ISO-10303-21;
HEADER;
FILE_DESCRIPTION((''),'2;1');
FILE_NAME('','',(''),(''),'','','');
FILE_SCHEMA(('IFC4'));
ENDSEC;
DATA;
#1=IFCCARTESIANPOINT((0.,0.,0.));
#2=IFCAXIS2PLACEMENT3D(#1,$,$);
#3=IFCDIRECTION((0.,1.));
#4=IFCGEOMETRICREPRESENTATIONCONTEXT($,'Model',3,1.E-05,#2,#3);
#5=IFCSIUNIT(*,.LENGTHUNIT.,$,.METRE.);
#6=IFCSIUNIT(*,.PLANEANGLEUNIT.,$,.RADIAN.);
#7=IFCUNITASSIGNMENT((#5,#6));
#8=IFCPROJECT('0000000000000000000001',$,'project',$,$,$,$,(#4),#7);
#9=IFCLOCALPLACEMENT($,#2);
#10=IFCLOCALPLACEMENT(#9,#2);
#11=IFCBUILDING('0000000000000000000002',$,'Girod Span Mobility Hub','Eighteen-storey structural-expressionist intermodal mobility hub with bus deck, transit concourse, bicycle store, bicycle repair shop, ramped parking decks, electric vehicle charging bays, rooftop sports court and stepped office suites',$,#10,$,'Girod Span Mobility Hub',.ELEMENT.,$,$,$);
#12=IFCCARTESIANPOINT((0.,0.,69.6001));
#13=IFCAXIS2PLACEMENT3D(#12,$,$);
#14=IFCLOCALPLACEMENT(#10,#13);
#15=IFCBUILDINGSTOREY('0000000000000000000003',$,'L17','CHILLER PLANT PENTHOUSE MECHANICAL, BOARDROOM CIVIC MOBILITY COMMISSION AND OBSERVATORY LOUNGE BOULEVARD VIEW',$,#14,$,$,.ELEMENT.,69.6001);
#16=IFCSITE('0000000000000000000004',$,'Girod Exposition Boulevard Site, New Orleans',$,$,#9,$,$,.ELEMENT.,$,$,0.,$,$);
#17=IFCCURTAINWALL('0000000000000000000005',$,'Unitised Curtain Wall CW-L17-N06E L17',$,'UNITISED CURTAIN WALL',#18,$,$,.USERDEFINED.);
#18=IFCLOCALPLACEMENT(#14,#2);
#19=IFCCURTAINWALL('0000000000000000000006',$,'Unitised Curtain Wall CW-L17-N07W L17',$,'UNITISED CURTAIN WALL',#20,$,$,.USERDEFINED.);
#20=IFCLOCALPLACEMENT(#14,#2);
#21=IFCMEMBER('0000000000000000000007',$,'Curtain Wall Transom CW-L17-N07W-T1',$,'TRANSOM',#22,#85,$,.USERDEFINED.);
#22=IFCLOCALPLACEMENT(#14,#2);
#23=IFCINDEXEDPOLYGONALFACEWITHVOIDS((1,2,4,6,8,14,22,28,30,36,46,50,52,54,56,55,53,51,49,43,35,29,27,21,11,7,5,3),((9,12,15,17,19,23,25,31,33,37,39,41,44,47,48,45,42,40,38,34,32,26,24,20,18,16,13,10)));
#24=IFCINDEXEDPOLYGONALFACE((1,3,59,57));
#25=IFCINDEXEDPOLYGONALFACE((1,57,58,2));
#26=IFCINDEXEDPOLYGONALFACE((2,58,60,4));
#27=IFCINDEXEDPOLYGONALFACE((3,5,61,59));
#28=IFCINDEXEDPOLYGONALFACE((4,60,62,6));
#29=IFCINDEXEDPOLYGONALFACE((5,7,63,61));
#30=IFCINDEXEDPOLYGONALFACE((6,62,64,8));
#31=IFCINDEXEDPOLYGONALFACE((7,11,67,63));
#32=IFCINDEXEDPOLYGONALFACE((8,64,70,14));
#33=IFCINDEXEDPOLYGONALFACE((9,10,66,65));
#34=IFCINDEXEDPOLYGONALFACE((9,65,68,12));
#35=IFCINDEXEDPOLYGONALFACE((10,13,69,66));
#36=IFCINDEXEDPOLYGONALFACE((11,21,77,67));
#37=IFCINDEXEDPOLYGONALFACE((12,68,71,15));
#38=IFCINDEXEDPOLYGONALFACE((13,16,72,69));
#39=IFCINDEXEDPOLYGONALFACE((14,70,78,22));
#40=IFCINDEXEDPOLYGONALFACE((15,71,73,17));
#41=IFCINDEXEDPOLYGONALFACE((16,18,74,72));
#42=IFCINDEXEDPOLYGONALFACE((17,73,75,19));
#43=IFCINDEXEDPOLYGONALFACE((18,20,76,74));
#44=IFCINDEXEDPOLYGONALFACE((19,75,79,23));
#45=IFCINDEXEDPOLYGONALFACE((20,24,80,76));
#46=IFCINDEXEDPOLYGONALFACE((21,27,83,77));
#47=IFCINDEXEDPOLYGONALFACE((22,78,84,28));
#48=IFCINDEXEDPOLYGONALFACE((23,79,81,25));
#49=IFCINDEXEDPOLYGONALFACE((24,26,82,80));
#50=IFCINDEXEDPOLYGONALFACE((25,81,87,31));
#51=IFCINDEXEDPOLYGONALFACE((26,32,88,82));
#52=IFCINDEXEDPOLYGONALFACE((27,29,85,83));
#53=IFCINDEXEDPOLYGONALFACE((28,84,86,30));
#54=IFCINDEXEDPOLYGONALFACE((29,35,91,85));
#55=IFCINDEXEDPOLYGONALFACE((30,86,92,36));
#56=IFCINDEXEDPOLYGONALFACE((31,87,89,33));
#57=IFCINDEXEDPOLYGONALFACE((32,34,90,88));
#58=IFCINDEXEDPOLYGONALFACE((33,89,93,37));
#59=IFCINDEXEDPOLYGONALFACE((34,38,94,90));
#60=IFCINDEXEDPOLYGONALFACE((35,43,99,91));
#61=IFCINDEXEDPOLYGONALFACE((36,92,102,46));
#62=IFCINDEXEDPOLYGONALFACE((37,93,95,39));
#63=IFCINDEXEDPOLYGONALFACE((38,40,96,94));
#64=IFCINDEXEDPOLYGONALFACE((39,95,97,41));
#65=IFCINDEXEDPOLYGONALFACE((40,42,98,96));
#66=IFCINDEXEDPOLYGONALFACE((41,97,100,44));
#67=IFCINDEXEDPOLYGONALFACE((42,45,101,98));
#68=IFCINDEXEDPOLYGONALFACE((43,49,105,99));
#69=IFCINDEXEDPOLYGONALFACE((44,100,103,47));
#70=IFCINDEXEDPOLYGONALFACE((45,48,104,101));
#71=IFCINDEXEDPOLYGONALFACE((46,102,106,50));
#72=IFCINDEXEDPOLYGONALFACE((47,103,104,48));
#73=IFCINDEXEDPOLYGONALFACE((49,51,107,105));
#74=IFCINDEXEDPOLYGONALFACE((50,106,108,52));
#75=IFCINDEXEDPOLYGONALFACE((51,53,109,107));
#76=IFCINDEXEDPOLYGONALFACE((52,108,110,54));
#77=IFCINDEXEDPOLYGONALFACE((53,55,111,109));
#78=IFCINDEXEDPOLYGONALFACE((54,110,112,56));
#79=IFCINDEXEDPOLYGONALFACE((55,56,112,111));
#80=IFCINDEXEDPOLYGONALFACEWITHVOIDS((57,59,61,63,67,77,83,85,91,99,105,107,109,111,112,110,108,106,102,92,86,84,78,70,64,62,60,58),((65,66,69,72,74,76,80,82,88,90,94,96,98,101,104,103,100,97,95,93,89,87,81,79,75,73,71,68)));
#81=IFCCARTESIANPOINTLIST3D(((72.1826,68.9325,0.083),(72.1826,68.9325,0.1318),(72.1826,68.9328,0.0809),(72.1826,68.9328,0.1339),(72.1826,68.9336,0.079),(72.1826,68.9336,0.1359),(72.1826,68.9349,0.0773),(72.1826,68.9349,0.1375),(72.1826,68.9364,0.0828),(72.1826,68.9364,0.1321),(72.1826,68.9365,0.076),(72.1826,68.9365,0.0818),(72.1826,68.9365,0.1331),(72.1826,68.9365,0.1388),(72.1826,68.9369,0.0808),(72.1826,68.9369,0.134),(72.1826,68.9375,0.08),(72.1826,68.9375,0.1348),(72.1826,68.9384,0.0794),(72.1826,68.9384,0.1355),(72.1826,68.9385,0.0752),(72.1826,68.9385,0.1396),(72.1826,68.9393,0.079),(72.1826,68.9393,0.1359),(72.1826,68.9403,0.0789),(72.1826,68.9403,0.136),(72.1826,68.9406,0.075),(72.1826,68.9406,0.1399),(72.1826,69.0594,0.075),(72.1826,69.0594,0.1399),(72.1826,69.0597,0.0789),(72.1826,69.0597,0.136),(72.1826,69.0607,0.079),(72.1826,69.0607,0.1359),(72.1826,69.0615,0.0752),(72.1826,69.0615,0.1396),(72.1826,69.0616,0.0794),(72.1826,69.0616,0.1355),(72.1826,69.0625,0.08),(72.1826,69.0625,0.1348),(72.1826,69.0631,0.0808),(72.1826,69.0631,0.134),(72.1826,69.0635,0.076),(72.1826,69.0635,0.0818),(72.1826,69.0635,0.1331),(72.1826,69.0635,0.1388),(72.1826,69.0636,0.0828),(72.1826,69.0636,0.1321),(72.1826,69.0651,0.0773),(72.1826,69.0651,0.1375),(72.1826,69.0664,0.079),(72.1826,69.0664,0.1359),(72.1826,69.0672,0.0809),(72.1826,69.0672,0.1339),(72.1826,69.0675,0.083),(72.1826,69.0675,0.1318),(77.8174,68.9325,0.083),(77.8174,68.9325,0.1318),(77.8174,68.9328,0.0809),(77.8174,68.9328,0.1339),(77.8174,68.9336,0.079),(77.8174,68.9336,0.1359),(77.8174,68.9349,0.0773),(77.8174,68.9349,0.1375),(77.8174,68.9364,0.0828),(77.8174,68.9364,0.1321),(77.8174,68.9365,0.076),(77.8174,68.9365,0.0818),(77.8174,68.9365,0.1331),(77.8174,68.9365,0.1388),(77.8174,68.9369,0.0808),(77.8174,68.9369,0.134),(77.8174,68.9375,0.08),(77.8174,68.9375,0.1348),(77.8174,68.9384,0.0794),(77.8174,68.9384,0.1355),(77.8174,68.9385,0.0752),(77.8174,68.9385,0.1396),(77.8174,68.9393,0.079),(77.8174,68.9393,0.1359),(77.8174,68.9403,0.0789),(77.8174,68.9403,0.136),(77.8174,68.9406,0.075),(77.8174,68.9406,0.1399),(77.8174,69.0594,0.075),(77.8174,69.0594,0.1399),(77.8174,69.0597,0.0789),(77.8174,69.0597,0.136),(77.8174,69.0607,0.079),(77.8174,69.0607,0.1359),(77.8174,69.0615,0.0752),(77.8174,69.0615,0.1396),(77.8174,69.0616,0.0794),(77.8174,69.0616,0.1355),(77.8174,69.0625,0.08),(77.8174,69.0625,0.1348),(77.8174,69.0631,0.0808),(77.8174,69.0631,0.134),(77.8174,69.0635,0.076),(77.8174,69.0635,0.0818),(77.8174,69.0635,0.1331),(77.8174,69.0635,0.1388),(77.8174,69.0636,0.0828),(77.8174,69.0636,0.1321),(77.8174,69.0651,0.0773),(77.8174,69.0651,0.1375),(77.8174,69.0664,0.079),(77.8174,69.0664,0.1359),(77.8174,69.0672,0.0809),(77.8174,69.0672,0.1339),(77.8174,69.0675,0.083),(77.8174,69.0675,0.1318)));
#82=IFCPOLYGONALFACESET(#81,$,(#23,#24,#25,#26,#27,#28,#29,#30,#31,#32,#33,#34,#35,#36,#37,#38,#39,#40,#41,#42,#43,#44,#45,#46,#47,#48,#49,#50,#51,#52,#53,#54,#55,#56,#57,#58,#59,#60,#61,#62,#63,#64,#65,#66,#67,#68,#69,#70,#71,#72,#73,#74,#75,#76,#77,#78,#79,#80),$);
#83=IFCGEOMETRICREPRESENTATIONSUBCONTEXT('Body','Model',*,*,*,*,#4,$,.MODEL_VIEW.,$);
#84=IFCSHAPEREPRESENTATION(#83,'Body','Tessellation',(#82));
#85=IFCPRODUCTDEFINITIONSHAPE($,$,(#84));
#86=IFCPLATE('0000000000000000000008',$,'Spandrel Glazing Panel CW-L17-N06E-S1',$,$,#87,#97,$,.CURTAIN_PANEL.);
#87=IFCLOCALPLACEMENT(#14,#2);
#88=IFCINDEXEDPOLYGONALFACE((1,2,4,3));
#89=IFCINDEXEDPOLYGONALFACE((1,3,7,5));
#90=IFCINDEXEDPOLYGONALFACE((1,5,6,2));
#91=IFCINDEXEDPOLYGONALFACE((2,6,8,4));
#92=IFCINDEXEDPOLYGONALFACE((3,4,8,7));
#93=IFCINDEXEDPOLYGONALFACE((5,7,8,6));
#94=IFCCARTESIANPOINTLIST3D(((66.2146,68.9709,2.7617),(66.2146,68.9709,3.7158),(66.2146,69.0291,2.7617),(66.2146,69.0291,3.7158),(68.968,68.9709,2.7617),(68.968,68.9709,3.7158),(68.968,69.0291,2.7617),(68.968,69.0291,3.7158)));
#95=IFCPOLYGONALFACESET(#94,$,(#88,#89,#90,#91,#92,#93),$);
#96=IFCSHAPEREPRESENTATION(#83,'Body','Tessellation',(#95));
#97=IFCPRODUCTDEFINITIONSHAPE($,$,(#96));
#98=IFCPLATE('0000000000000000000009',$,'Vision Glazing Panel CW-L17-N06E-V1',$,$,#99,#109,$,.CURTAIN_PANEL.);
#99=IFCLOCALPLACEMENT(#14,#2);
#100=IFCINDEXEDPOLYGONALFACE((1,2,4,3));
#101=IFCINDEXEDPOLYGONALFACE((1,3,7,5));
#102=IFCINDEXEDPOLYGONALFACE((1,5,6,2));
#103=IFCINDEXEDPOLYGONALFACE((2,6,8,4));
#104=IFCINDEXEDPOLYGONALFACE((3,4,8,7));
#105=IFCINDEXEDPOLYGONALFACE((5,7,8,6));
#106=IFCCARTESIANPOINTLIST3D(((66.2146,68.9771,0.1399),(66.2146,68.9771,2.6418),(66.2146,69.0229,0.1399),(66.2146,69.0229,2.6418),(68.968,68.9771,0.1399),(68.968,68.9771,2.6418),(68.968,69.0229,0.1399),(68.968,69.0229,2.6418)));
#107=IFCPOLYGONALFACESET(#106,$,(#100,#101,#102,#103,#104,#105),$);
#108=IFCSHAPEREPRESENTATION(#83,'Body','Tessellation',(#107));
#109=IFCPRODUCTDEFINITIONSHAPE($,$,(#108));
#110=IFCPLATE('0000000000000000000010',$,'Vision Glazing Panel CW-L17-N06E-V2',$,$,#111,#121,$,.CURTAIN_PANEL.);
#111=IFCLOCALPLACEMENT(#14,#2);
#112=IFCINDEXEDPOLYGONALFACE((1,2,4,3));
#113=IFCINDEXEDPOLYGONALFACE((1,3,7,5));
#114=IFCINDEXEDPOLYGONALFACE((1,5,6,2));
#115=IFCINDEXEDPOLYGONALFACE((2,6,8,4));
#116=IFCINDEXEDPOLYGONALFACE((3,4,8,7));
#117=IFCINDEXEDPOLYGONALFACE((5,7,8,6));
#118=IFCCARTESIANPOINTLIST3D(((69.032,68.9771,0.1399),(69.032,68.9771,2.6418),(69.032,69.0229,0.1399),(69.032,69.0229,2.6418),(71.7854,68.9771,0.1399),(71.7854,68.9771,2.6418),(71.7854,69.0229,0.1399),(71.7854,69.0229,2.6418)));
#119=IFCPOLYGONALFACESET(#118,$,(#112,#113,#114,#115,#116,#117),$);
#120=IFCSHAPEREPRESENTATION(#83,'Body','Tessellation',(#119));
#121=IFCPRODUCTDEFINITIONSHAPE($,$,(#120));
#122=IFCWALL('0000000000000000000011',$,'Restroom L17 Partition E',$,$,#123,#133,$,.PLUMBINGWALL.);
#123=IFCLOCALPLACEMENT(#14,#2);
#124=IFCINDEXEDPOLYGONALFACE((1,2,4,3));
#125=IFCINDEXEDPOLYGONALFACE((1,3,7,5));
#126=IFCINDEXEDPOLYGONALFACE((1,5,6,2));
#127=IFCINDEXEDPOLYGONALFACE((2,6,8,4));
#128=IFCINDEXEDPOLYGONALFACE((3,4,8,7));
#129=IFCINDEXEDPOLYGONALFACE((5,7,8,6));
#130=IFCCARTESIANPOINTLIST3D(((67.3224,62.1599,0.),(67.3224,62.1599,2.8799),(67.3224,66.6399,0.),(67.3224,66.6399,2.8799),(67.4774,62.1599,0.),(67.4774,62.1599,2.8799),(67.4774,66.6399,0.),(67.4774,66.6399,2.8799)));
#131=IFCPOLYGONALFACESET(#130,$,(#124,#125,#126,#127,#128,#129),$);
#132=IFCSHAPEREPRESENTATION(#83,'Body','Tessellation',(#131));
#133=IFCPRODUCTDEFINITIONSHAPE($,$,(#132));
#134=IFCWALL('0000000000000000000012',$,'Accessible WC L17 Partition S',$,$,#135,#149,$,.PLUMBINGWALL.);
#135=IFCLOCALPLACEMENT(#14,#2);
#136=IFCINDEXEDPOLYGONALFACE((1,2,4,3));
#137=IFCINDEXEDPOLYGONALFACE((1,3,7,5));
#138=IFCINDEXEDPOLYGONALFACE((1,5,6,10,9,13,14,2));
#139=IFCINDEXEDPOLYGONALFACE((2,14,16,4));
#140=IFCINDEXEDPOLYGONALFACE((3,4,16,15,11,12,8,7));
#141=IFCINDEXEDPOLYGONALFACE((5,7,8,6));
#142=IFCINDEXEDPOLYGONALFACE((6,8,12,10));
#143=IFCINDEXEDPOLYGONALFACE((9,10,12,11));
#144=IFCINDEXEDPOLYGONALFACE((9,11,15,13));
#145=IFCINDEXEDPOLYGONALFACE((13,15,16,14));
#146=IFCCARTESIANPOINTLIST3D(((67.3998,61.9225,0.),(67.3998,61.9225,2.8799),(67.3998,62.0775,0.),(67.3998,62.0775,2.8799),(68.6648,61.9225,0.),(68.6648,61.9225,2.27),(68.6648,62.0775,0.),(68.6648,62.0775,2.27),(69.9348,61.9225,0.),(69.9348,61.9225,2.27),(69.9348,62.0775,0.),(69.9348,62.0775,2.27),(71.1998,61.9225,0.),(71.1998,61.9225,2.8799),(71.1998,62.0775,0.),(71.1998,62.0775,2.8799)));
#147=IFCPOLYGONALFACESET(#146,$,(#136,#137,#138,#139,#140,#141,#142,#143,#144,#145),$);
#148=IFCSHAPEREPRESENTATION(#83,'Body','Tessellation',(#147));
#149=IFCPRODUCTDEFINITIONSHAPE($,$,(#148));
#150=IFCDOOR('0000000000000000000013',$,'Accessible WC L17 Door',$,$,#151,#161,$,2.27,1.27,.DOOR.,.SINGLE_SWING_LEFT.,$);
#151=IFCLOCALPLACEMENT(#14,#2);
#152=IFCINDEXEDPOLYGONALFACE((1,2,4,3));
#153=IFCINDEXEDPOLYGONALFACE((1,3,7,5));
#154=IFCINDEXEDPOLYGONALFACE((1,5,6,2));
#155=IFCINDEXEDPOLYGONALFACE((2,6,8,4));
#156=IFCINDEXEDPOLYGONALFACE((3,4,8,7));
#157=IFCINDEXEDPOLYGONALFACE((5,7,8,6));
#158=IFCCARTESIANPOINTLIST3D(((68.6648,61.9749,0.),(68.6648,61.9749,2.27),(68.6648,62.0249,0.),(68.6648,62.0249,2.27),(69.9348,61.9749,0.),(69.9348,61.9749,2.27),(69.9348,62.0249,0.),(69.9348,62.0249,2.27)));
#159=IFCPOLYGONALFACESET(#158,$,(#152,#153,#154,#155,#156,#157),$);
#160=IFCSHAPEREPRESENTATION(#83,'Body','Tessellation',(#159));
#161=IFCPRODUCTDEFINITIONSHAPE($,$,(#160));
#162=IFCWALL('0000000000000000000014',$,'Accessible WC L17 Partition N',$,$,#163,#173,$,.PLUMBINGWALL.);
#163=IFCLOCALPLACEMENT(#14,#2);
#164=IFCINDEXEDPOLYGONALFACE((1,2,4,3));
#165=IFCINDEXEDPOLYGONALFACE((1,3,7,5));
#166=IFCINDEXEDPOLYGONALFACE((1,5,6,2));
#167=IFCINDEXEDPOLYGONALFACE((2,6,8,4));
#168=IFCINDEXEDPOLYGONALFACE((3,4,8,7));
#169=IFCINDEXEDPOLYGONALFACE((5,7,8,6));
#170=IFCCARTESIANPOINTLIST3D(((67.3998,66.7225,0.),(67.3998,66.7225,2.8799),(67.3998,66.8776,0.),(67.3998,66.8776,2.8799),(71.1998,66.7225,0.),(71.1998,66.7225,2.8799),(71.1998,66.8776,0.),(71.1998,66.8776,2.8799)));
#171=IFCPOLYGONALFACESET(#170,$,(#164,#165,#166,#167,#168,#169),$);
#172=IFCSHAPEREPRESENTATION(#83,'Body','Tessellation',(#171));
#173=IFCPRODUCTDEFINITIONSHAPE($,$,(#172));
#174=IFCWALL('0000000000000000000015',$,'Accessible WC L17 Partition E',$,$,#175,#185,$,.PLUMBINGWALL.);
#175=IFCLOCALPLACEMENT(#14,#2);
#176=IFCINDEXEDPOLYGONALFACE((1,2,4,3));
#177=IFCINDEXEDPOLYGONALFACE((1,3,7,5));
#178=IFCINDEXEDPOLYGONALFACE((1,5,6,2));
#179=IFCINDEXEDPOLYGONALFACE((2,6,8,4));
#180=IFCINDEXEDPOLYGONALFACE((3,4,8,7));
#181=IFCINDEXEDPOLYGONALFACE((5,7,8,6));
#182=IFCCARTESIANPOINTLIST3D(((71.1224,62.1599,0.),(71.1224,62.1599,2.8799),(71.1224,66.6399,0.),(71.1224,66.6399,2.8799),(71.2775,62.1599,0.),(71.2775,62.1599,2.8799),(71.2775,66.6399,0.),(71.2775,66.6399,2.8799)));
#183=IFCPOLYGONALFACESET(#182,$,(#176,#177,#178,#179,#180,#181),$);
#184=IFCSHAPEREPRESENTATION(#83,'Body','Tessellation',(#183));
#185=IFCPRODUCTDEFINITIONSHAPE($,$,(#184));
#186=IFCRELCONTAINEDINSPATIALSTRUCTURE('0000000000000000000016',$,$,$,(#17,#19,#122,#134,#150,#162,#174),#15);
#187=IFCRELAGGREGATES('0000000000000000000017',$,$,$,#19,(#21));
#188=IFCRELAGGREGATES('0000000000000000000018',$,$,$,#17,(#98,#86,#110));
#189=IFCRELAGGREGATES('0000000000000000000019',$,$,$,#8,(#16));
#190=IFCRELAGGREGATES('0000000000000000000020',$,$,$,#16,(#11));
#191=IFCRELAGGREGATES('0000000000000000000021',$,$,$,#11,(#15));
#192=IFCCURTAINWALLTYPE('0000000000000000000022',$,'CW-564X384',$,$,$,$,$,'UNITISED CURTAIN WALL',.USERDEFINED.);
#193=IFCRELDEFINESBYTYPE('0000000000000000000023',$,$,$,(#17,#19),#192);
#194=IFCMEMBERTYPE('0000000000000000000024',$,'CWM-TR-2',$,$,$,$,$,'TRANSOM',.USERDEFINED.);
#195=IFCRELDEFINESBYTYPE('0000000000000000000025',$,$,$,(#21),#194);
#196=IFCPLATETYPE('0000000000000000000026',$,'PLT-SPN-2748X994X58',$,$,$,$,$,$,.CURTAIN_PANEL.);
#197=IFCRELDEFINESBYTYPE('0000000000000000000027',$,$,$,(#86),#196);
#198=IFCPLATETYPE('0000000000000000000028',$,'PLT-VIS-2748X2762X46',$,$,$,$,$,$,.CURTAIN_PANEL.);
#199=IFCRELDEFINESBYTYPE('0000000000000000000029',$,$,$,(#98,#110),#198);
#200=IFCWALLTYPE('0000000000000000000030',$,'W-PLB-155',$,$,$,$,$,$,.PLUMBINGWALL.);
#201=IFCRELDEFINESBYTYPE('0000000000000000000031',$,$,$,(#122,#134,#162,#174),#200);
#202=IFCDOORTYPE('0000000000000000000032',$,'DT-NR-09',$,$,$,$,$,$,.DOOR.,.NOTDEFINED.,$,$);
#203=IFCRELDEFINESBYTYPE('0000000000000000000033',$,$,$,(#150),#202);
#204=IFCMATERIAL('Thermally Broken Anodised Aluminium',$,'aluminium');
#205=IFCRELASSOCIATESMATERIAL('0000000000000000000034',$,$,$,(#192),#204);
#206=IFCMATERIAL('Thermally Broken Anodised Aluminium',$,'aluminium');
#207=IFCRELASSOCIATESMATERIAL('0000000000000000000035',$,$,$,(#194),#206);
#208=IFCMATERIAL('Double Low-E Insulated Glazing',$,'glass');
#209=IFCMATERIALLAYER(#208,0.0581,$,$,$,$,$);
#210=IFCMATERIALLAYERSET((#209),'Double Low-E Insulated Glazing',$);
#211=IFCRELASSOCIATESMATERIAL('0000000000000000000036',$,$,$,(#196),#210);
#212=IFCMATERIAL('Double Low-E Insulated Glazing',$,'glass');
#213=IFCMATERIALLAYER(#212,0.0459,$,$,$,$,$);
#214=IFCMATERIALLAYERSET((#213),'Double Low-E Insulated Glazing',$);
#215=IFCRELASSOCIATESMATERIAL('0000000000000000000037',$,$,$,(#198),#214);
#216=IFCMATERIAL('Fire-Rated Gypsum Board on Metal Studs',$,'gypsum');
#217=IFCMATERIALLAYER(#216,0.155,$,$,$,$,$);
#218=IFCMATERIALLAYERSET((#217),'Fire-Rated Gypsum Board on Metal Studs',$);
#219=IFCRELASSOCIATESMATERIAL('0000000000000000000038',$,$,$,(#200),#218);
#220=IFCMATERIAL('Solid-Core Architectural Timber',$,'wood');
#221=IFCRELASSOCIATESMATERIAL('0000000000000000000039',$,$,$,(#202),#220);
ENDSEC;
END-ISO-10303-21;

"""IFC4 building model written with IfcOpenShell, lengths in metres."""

from ifc_helpers import new_model, si_unit, direction, frame, frame_2d, origin, origin_2d, place, context, subcontext, project, spatial, rectangle, hollow_rectangle, extrude, material, layer, layer_set, material_profile, profile_set, type_object, element, fill, aggregate, save


model = new_model("IFC4")

# Units and contexts
model_context = context("Model", 3, precision=1e-05, world=origin(), true_north=direction((0.0, 1.0)))
body_context = subcontext(model_context, "Body", "Model", "MODEL_VIEW")
ifc_project = project(units=[si_unit("LENGTHUNIT", "METRE"), si_unit("PLANEANGLEUNIT", "RADIAN")], contexts=[model_context])

# Site, building, storey
site_placement = place(None, origin())
site = spatial("IfcSite", under=ifc_project, at=site_placement, Name="Girod Exposition Boulevard Site, New Orleans", CompositionType="ELEMENT", RefElevation=0.0)
building_placement = place(site_placement, origin())
building = spatial("IfcBuilding", under=site, at=building_placement, Name="Girod Span Mobility Hub", Description="Eighteen-storey structural-expressionist intermodal mobility hub with bus deck, transit concourse, bicycle store, bicycle repair shop, ramped parking decks, electric vehicle charging bays, rooftop sports court and stepped office suites", LongName="Girod Span Mobility Hub", CompositionType="ELEMENT")
storey_placement = place(building_placement, frame((0.0, 0.0, 69.6001)))
storey = spatial("IfcBuildingStorey", under=building, at=storey_placement, Name="L17", Description="CHILLER PLANT PENTHOUSE MECHANICAL, BOARDROOM CIVIC MOBILITY COMMISSION AND OBSERVATORY LOUNGE BOULEVARD VIEW", CompositionType="ELEMENT", Elevation=69.6001)

# Curtain wall
ifc_material_1 = material(Name="Thermally Broken Anodised Aluminium", Category="aluminium")
curtain_wall_type = type_object("IfcCurtainWallType", Name="CW-564X384", ElementType="UNITISED CURTAIN WALL", PredefinedType="USERDEFINED", material=ifc_material_1)
curtain_wall_1_placement = place(storey_placement, origin())
curtain_wall_1 = element("IfcCurtainWall", 1, at=curtain_wall_1_placement, inside=storey, type_object=curtain_wall_type, Name="Unitised Curtain Wall CW-L17-N06E L17", ObjectType="UNITISED CURTAIN WALL", PredefinedType="USERDEFINED")
ifc_material_2 = material(Name="Thermally Broken Anodised Aluminium", Category="aluminium")
ifc_material_profile_1 = material_profile(ifc_material_2, hollow_rectangle(XDim=0.135, YDim=0.0649, WallThickness=0.0039, InnerFilletRadius=0.0039, OuterFilletRadius=0.0081, at=origin_2d()), Name="CW-TR-65X135")
ifc_profile_set_1 = profile_set([ifc_material_profile_1], Name="Thermally Broken Anodised Aluminium")
member_type_1 = type_object("IfcMemberType", Name="CWM-TR-2", ElementType="TRANSOM", PredefinedType="USERDEFINED", material=ifc_profile_set_1)

# Curtain wall, member
curtain_wall_2_placement = place(storey_placement, origin())
curtain_wall_2 = element("IfcCurtainWall", 2, at=curtain_wall_2_placement, inside=storey, type_object=curtain_wall_type, Name="Unitised Curtain Wall CW-L17-N07W L17", ObjectType="UNITISED CURTAIN WALL", PredefinedType="USERDEFINED")
member_1_placement = place(storey_placement, frame((72.1826, 69.0, 0.1074), z_axis=(1.0, 0.0, 0.0), x_axis=(0.0, 1.0, 0.0)))
member_1 = element("IfcMember", 3, at=member_1_placement, type_object=member_type_1, Name="Curtain Wall Transom CW-L17-N07W-T1", ObjectType="TRANSOM", PredefinedType="USERDEFINED", context=body_context, shape_type="SweptSolid", body=[
    extrude(hollow_rectangle(XDim=0.135, YDim=0.0649, WallThickness=0.0039, InnerFilletRadius=0.0039, OuterFilletRadius=0.0081, at=origin_2d()), origin(), (0.0, 0.0, 1.0), 5.6348),
])
aggregate(curtain_wall_2, [member_1])

# Plates
ifc_material_3 = material(Name="Double Low-E Insulated Glazing", Category="glass")
ifc_layer_1 = layer(ifc_material_3, 0.0581)
ifc_layer_set_1 = layer_set([ifc_layer_1], Name="Double Low-E Insulated Glazing")
plate_type_1 = type_object("IfcPlateType", Name="PLT-SPN-2748X994X58", PredefinedType="CURTAIN_PANEL", material=ifc_layer_set_1)
plate_1_placement = place(storey_placement, frame((67.5913, 69.0, 2.7617), z_axis=(0.0, 0.0, 1.0), x_axis=(1.0, 0.0, 0.0)))
plate_1 = element("IfcPlate", 4, at=plate_1_placement, type_object=plate_type_1, Name="Spandrel Glazing Panel CW-L17-N06E-S1", PredefinedType="CURTAIN_PANEL", context=body_context, shape_type="SweptSolid", body=[
    extrude(rectangle(XDim=2.7534, YDim=0.0581, at=origin_2d()), origin(), (0.0, 0.0, 1.0), 0.9541),
])
ifc_material_4 = material(Name="Double Low-E Insulated Glazing", Category="glass")
ifc_layer_2 = layer(ifc_material_4, 0.0459)
ifc_layer_set_2 = layer_set([ifc_layer_2], Name="Double Low-E Insulated Glazing")
plate_type_2 = type_object("IfcPlateType", Name="PLT-VIS-2748X2762X46", PredefinedType="CURTAIN_PANEL", material=ifc_layer_set_2)
plate_2_placement = place(storey_placement, frame((67.5913, 69.0, 0.1399), z_axis=(0.0, 0.0, 1.0), x_axis=(1.0, 0.0, 0.0)))
plate_2 = element("IfcPlate", 5, at=plate_2_placement, type_object=plate_type_2, Name="Vision Glazing Panel CW-L17-N06E-V1", PredefinedType="CURTAIN_PANEL", context=body_context, shape_type="SweptSolid", body=[
    extrude(rectangle(XDim=2.7534, YDim=0.0459, at=origin_2d()), origin(), (0.0, 0.0, 1.0), 2.502),
])
plate_3_placement = place(storey_placement, frame((70.4087, 69.0, 0.1399), z_axis=(0.0, 0.0, 1.0), x_axis=(1.0, 0.0, 0.0)))
plate_3 = element("IfcPlate", 6, at=plate_3_placement, type_object=plate_type_2, Name="Vision Glazing Panel CW-L17-N06E-V2", PredefinedType="CURTAIN_PANEL", context=body_context, shape_type="SweptSolid", body=[
    extrude(rectangle(XDim=2.7534, YDim=0.0459, at=origin_2d()), origin(), (0.0, 0.0, 1.0), 2.502),
])
aggregate(curtain_wall_1, [plate_2, plate_1, plate_3])

# Wall
ifc_material_5 = material(Name="Fire-Rated Gypsum Board on Metal Studs", Category="gypsum")
ifc_layer_3 = layer(ifc_material_5, 0.155)
ifc_layer_set_3 = layer_set([ifc_layer_3], Name="Fire-Rated Gypsum Board on Metal Studs")
wall_type = type_object("IfcWallType", Name="W-PLB-155", PredefinedType="PLUMBINGWALL", material=ifc_layer_set_3)
wall_1_placement = place(storey_placement, frame((67.3999, 62.1599, 0.0), z_axis=(0.0, 0.0, 1.0), x_axis=(0.0, 1.0, 0.0)))
element("IfcWall", 7, at=wall_1_placement, inside=storey, type_object=wall_type, Name="Restroom L17 Partition E", PredefinedType="PLUMBINGWALL", context=body_context, shape_type="SweptSolid", body=[
    extrude(rectangle(XDim=4.48, YDim=0.155, at=frame_2d((2.24, 0.0))), origin(), (0.0, 0.0, 1.0), 2.8799),
])

# Wall, opening, door
wall_2_placement = place(storey_placement, frame((67.3999, 62.0, 0.0), z_axis=(0.0, 0.0, 1.0), x_axis=(1.0, 0.0, 0.0)))
wall_2 = element("IfcWall", 8, at=wall_2_placement, inside=storey, type_object=wall_type, Name="Accessible WC L17 Partition S", PredefinedType="PLUMBINGWALL", context=body_context, shape_type="SweptSolid", body=[
    extrude(rectangle(XDim=3.8, YDim=0.155, at=frame_2d((1.8999, 0.0))), origin(), (0.0, 0.0, 1.0), 2.8799),
])
opening_placement = place(wall_2_placement, frame((1.2649, 0.0, 0.0)))
opening = element("IfcOpeningElement", 9, at=opening_placement, cuts=wall_2, PredefinedType="OPENING", context=body_context, shape_type="SweptSolid", body=[
    extrude(rectangle(XDim=1.27, YDim=2.27, at=frame_2d((0.635, 1.135))), frame((0.0, 0.0925, 0.0), z_axis=(0.0, -1.0, 0.0), x_axis=(1.0, 0.0, 0.0)), (0.0, 0.0, 1.0), 0.1851),
])
ifc_material_6 = material(Name="Solid-Core Architectural Timber", Category="wood")
door_type = type_object("IfcDoorType", Name="DT-NR-09", OperationType="NOTDEFINED", PredefinedType="DOOR", material=ifc_material_6)
door_placement = place(opening_placement, origin())
door = element("IfcDoor", 10, at=door_placement, inside=storey, type_object=door_type, Name="Accessible WC L17 Door", OperationType="SINGLE_SWING_LEFT", OverallHeight=2.27, OverallWidth=1.27, PredefinedType="DOOR", context=body_context, shape_type="SweptSolid", body=[
    extrude(rectangle(XDim=1.27, YDim=2.27, at=frame_2d((0.635, 1.135))), frame((0.0, 0.0249, 0.0), z_axis=(0.0, -1.0, 0.0), x_axis=(1.0, 0.0, 0.0)), (0.0, 0.0, 1.0), 0.05),
])
fill(opening, door)

# Walls
wall_3_placement = place(storey_placement, frame((67.3999, 66.8, 0.0), z_axis=(0.0, 0.0, 1.0), x_axis=(1.0, 0.0, 0.0)))
element("IfcWall", 11, at=wall_3_placement, inside=storey, type_object=wall_type, Name="Accessible WC L17 Partition N", PredefinedType="PLUMBINGWALL", context=body_context, shape_type="SweptSolid", body=[
    extrude(rectangle(XDim=3.8, YDim=0.155, at=frame_2d((1.8999, 0.0))), origin(), (0.0, 0.0, 1.0), 2.8799),
])
wall_4_placement = place(storey_placement, frame((71.2, 62.1599, 0.0), z_axis=(0.0, 0.0, 1.0), x_axis=(0.0, 1.0, 0.0)))
element("IfcWall", 12, at=wall_4_placement, inside=storey, type_object=wall_type, Name="Accessible WC L17 Partition E", PredefinedType="PLUMBINGWALL", context=body_context, shape_type="SweptSolid", body=[
    extrude(rectangle(XDim=4.48, YDim=0.155, at=frame_2d((2.24, 0.0))), origin(), (0.0, 0.0, 1.0), 2.8799),
])

save(model, "model.ifc")
